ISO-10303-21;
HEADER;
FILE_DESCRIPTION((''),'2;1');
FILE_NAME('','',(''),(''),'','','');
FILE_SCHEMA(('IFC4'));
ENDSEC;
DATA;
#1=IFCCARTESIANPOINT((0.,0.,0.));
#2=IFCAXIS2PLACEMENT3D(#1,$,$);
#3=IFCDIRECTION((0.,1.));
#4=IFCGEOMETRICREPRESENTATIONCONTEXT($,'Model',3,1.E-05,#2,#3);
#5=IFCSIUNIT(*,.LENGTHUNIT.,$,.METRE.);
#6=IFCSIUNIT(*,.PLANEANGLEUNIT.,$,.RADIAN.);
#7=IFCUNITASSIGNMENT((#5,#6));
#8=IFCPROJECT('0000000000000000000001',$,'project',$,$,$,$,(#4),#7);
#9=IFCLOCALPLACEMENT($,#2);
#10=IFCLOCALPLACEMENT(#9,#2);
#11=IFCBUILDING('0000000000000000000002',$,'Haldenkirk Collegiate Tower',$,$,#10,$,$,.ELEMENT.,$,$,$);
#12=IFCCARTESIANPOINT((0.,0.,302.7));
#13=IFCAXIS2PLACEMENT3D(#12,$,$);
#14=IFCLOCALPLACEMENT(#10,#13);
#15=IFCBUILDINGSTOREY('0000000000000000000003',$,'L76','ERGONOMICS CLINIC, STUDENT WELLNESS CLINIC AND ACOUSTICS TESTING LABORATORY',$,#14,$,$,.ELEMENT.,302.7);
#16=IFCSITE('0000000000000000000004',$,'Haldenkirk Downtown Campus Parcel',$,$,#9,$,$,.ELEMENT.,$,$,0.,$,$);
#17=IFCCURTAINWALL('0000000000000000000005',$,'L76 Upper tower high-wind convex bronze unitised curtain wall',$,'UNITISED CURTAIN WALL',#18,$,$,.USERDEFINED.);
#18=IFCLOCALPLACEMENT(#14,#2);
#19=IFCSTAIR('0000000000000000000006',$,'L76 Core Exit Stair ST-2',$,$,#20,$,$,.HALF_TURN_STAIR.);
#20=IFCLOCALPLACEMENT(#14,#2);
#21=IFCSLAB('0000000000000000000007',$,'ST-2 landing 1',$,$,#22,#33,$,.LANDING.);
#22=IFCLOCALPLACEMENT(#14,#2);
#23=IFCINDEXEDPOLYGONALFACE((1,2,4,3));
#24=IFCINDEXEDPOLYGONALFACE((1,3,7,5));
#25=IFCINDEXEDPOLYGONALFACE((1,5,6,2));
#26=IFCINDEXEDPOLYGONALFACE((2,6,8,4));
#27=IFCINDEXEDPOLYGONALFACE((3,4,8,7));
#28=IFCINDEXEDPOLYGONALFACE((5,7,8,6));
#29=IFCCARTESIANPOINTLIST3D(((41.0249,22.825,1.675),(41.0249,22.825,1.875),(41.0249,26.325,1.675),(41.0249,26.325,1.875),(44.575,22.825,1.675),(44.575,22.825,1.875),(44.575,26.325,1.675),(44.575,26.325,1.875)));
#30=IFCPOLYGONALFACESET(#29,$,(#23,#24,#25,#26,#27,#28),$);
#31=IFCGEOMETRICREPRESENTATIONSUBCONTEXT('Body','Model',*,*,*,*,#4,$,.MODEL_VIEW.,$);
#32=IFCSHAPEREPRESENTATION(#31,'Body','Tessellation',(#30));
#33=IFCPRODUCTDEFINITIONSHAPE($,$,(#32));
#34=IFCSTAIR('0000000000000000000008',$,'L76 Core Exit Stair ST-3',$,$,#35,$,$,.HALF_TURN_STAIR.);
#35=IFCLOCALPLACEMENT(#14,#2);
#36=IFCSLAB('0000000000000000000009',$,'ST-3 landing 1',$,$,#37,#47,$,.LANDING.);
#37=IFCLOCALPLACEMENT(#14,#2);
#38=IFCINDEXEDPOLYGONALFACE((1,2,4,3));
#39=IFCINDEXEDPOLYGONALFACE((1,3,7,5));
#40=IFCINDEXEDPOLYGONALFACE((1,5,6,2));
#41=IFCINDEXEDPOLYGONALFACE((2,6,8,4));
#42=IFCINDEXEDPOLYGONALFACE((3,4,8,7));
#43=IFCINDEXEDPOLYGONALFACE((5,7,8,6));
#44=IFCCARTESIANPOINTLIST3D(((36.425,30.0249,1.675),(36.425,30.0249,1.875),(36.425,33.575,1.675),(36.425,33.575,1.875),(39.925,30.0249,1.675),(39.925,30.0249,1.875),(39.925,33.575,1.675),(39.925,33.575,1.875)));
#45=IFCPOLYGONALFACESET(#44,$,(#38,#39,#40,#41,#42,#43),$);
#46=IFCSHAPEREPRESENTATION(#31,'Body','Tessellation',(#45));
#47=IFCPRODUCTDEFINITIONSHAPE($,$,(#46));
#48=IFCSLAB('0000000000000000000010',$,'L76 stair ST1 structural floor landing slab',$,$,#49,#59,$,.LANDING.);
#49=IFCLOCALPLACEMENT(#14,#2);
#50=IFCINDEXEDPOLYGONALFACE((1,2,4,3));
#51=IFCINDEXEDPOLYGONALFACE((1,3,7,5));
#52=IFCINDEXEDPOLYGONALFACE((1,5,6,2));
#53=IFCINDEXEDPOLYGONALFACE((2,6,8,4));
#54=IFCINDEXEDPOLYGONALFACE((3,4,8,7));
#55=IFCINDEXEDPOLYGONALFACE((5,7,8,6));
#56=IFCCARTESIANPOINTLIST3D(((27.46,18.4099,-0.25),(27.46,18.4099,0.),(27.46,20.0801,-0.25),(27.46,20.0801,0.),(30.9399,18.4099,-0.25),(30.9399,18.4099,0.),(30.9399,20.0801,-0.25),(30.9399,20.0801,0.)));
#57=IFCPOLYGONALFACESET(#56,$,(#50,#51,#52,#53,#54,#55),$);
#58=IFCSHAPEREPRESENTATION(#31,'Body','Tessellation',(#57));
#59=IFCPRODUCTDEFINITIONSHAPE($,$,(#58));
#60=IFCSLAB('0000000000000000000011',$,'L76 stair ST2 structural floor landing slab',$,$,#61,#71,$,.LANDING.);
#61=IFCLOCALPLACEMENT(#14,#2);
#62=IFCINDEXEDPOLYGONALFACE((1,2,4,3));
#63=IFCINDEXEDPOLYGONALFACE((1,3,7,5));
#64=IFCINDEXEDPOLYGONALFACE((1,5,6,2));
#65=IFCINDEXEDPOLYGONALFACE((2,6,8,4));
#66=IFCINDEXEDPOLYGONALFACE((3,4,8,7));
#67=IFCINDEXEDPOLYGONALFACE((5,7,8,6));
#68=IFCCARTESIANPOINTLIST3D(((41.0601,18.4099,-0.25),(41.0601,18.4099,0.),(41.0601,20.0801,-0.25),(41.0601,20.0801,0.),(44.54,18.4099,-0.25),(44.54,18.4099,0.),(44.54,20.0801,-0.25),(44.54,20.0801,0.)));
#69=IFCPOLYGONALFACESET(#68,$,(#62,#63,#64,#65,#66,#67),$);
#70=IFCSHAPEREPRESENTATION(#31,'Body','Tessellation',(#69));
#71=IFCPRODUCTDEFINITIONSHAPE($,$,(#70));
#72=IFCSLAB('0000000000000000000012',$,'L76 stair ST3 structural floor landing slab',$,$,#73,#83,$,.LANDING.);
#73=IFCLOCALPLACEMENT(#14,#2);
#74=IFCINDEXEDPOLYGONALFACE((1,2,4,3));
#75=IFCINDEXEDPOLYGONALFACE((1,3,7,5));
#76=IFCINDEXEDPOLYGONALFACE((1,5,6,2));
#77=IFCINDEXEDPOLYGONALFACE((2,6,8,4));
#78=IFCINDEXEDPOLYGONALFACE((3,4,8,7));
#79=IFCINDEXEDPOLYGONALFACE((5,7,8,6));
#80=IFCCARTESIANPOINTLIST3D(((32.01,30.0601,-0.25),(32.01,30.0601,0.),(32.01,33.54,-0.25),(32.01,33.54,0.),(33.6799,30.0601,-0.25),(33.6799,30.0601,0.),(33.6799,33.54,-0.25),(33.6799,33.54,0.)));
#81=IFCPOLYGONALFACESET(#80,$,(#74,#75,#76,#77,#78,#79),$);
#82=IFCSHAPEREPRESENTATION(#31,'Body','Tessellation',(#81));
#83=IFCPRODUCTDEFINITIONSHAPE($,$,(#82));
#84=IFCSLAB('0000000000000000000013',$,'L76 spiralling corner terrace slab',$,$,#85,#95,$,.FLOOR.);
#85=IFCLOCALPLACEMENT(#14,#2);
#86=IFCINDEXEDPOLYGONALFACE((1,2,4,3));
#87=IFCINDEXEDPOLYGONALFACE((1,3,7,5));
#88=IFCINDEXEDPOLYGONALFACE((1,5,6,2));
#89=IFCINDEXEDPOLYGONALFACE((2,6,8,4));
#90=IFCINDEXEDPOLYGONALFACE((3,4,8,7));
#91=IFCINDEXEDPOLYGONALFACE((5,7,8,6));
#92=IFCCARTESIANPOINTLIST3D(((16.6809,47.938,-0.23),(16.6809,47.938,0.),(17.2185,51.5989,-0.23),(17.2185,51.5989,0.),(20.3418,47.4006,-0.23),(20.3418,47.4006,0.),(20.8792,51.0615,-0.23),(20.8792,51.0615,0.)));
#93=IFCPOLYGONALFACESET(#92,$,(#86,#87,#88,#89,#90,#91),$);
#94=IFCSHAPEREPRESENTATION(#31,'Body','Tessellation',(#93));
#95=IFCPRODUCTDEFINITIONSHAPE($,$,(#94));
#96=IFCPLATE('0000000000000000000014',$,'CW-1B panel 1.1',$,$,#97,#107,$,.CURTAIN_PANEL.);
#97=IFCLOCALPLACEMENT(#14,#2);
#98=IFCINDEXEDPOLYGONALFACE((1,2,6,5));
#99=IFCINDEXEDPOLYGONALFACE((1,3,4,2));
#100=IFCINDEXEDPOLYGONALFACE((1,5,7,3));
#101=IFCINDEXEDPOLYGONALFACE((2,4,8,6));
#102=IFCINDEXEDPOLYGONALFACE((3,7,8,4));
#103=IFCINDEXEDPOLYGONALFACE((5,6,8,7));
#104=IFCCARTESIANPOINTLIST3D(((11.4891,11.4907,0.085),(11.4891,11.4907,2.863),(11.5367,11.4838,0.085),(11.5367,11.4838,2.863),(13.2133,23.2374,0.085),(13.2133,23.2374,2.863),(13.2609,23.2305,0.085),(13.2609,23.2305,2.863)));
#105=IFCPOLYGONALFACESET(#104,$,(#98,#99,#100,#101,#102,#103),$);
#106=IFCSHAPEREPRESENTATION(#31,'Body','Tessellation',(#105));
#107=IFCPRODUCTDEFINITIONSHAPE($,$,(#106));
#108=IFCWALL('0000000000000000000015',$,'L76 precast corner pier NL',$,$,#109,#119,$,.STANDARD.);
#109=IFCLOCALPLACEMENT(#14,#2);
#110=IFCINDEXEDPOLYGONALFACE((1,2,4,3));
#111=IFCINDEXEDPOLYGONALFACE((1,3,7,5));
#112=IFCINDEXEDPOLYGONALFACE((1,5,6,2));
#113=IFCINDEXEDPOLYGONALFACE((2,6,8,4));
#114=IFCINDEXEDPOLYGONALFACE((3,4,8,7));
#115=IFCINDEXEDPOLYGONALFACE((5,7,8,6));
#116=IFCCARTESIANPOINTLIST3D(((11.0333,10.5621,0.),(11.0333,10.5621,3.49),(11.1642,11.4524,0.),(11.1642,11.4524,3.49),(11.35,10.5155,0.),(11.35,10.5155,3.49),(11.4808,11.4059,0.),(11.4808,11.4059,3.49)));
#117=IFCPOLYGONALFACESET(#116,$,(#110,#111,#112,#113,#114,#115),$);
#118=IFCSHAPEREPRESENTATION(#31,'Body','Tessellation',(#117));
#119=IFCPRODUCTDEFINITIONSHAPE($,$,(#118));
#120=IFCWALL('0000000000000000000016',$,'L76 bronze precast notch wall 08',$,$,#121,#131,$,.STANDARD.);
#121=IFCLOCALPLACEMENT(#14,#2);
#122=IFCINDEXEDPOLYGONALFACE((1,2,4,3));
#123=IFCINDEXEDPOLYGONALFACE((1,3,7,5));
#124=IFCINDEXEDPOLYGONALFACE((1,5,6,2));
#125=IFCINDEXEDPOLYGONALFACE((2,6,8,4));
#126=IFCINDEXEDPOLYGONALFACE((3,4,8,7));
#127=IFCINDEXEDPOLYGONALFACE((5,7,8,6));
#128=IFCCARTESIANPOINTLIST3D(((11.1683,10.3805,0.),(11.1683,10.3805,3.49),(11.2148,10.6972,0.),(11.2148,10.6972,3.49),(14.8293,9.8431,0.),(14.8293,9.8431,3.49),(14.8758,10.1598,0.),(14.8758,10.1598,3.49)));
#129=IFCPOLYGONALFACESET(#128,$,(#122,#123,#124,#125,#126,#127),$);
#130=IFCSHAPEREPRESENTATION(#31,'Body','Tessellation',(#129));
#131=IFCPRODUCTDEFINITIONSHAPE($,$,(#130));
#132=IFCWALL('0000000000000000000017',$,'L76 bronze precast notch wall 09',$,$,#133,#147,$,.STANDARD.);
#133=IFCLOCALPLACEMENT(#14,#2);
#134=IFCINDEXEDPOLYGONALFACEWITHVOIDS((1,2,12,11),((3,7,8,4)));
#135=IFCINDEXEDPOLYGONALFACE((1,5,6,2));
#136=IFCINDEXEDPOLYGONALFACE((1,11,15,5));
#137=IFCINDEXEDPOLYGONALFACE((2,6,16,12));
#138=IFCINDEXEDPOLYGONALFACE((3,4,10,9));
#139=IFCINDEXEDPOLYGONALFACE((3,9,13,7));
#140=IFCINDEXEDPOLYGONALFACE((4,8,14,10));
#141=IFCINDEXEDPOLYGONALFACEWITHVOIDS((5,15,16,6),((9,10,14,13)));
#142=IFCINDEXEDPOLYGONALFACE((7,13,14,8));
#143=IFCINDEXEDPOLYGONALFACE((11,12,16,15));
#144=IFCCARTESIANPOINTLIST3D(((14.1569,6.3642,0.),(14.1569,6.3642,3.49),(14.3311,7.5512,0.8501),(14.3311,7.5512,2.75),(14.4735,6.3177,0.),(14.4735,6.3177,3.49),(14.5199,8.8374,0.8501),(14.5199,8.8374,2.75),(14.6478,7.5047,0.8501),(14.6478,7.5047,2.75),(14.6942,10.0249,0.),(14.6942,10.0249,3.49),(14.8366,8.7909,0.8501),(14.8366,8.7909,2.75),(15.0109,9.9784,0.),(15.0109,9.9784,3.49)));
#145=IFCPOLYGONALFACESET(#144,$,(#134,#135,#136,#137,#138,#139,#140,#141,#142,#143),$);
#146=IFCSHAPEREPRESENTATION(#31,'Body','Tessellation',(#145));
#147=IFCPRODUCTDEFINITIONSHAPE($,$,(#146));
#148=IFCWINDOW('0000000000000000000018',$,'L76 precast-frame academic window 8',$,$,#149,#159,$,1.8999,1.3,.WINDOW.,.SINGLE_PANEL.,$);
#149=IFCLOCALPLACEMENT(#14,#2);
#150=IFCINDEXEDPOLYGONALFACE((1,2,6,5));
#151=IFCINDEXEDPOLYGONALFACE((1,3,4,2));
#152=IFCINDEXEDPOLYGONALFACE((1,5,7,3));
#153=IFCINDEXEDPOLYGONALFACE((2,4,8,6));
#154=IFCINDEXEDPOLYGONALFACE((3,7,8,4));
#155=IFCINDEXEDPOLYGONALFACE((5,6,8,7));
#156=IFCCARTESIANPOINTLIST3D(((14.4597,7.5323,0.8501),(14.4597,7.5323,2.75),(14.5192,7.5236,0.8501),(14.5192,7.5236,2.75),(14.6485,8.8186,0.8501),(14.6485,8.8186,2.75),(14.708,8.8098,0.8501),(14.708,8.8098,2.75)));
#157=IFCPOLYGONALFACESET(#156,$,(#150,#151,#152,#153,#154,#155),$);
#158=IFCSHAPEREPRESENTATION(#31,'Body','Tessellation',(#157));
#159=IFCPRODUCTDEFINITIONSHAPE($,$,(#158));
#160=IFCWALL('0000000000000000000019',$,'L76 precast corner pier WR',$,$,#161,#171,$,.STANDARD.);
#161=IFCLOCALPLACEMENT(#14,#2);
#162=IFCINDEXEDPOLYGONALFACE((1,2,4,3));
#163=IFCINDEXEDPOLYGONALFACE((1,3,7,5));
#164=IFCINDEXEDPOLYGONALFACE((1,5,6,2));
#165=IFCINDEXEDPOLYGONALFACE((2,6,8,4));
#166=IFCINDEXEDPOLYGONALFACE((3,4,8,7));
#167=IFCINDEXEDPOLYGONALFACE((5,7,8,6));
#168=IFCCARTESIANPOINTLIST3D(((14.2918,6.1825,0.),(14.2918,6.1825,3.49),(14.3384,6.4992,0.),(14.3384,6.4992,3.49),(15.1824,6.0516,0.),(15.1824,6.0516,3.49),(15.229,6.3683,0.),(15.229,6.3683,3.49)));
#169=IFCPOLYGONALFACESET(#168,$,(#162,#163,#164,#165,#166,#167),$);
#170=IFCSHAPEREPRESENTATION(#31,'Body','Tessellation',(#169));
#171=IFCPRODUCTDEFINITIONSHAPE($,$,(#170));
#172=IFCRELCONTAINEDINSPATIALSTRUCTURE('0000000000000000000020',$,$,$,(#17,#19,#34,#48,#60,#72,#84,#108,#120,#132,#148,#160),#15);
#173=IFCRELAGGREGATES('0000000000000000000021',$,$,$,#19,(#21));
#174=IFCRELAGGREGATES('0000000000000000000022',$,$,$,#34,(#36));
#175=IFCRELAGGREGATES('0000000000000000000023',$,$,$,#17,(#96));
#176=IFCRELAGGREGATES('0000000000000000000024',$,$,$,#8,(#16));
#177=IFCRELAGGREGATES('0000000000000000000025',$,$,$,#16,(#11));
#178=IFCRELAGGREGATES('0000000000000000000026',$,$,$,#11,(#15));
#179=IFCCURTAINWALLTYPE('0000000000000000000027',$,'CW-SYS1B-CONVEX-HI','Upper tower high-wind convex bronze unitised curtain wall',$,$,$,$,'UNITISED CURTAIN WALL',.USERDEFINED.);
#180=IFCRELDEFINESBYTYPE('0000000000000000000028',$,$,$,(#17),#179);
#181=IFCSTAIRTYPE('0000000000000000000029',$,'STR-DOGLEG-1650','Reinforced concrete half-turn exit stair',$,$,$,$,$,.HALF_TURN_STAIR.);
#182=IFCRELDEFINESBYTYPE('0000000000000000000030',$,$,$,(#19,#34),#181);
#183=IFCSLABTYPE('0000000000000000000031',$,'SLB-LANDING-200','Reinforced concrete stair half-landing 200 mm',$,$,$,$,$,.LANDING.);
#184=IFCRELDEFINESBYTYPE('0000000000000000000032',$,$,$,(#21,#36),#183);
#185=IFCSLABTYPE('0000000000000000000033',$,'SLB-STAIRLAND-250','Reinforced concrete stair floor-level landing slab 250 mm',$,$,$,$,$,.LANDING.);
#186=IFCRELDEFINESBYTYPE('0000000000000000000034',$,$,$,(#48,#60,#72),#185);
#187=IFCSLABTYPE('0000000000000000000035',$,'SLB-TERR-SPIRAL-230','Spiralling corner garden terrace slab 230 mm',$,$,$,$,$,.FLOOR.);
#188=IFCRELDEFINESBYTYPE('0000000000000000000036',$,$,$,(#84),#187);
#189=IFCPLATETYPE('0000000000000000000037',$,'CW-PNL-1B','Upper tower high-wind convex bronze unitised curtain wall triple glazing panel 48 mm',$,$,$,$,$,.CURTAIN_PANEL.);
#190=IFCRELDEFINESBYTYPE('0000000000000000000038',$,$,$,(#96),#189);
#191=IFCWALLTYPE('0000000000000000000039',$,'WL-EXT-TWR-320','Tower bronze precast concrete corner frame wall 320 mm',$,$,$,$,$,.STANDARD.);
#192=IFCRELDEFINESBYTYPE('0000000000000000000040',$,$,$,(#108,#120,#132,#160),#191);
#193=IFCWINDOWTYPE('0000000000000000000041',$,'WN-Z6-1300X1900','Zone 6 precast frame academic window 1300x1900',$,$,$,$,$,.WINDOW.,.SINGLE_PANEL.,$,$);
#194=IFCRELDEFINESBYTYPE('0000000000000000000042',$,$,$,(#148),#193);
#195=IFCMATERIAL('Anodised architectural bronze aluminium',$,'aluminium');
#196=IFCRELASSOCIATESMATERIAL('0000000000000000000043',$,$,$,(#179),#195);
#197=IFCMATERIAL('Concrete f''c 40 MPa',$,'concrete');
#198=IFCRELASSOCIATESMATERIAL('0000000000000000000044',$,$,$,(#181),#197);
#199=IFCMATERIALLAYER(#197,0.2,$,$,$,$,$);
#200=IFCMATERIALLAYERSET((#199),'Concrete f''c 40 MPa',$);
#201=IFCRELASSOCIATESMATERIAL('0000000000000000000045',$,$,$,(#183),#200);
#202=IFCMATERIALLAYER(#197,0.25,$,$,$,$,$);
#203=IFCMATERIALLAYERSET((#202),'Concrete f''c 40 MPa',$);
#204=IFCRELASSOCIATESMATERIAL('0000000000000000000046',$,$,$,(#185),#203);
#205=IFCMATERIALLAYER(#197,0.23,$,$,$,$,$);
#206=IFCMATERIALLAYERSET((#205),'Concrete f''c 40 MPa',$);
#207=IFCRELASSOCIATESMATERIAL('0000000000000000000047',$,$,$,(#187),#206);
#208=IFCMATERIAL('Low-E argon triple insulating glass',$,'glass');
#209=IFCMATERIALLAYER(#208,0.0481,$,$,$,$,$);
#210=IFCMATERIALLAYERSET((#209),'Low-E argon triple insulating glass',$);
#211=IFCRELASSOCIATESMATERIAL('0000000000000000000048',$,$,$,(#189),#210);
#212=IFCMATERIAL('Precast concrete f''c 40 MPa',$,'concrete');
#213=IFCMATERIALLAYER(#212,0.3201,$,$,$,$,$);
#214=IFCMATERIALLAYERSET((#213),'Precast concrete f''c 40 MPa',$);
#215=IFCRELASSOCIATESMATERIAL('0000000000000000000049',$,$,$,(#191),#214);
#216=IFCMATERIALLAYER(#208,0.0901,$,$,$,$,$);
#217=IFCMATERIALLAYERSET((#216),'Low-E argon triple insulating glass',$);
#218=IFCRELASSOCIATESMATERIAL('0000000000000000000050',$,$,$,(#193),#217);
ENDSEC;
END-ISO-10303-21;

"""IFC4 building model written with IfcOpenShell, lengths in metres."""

from ifc_helpers import new_model, si_unit, direction, frame, frame_2d, origin, origin_2d, place, context, subcontext, project, spatial, polyline, rectangle, outline, extrude, source, transform, mapped, material, layer, layer_set, type_object, element, fill, aggregate, save


model = new_model("IFC4")

# Units and contexts
model_context = context("Model", 3, precision=1e-05, world=origin(), true_north=direction((0.0, 1.0)))
body_context = subcontext(model_context, "Body", "Model", "MODEL_VIEW")
ifc_project = project(units=[si_unit("LENGTHUNIT", "METRE"), si_unit("PLANEANGLEUNIT", "RADIAN")], contexts=[model_context])

# Site, building, storey
site_placement = place(None, origin())
site = spatial("IfcSite", under=ifc_project, at=site_placement, Name="Haldenkirk Downtown Campus Parcel", CompositionType="ELEMENT", RefElevation=0.0)
building_placement = place(site_placement, origin())
building = spatial("IfcBuilding", under=site, at=building_placement, Name="Haldenkirk Collegiate Tower", CompositionType="ELEMENT")
storey_placement = place(building_placement, frame((0.0, 0.0, 302.7)))
storey = spatial("IfcBuildingStorey", under=building, at=storey_placement, Name="L76", Description="ERGONOMICS CLINIC, STUDENT WELLNESS CLINIC AND ACOUSTICS TESTING LABORATORY", CompositionType="ELEMENT", Elevation=302.7)

# Curtain wall
ifc_material_1 = material(Name="Anodised architectural bronze aluminium", Category="aluminium")
curtain_wall_type = type_object("IfcCurtainWallType", Name="CW-SYS1B-CONVEX-HI", Description="Upper tower high-wind convex bronze unitised curtain wall", ElementType="UNITISED CURTAIN WALL", PredefinedType="USERDEFINED", material=ifc_material_1)
curtain_wall_1_placement = place(storey_placement, origin())
curtain_wall_1 = element("IfcCurtainWall", 1, at=curtain_wall_1_placement, inside=storey, type_object=curtain_wall_type, Name="L76 Upper tower high-wind convex bronze unitised curtain wall", ObjectType="UNITISED CURTAIN WALL", PredefinedType="USERDEFINED")

# Shared definitions
ifc_material_2 = material(Name="Concrete f'c 40 MPa", Category="concrete")

# Stairs, slabs
stair_type = type_object("IfcStairType", Name="STR-DOGLEG-1650", Description="Reinforced concrete half-turn exit stair", PredefinedType="HALF_TURN_STAIR", material=ifc_material_2)
ifc_layer_1 = layer(ifc_material_2, 0.2)
ifc_layer_set_1 = layer_set([ifc_layer_1], Name="Concrete f'c 40 MPa")
slab_type_1 = type_object("IfcSlabType", Name="SLB-LANDING-200", Description="Reinforced concrete stair half-landing 200 mm", PredefinedType="LANDING", material=ifc_layer_set_1)
stair_1_placement = place(storey_placement, origin())
stair_1 = element("IfcStair", 2, at=stair_1_placement, inside=storey, type_object=stair_type, Name="L76 Core Exit Stair ST-2", PredefinedType="HALF_TURN_STAIR")
slab_1_placement = place(storey_placement, frame((0.0, 0.0, 1.675)))
slab_1 = element("IfcSlab", 3, at=slab_1_placement, type_object=slab_type_1, Name="ST-2 landing 1", PredefinedType="LANDING", context=body_context, shape_type="SweptSolid", body=[
    extrude(outline(polyline([(44.575, 22.825), (41.0249, 22.825), (41.0249, 26.325), (44.575, 26.325), (44.575, 22.825)])), origin(), (0.0, 0.0, 1.0), 0.2),
])
aggregate(stair_1, [slab_1])
stair_2_placement = place(storey_placement, origin())
stair_2 = element("IfcStair", 4, at=stair_2_placement, inside=storey, type_object=stair_type, Name="L76 Core Exit Stair ST-3", PredefinedType="HALF_TURN_STAIR")
slab_2_placement = place(storey_placement, frame((0.0, 0.0, 1.675)))
slab_2 = element("IfcSlab", 5, at=slab_2_placement, type_object=slab_type_1, Name="ST-3 landing 1", PredefinedType="LANDING", context=body_context, shape_type="SweptSolid", body=[
    extrude(outline(polyline([(36.425, 30.0249), (36.425, 33.575), (39.925, 33.575), (39.925, 30.0249), (36.425, 30.0249)])), origin(), (0.0, 0.0, 1.0), 0.2),
])
aggregate(stair_2, [slab_2])

# Slabs
ifc_layer_2 = layer(ifc_material_2, 0.25)
ifc_layer_set_2 = layer_set([ifc_layer_2], Name="Concrete f'c 40 MPa")
slab_type_2 = type_object("IfcSlabType", Name="SLB-STAIRLAND-250", Description="Reinforced concrete stair floor-level landing slab 250 mm", PredefinedType="LANDING", material=ifc_layer_set_2)
slab_3_placement = place(storey_placement, frame((0.0, 0.0, -0.25)))
element("IfcSlab", 6, at=slab_3_placement, inside=storey, type_object=slab_type_2, Name="L76 stair ST1 structural floor landing slab", PredefinedType="LANDING", context=body_context, shape_type="SweptSolid", body=[
    extrude(outline(polyline([(27.46, 18.4099), (30.9399, 18.4099), (30.9399, 20.0801), (27.46, 20.0801), (27.46, 18.4099)])), origin(), (0.0, 0.0, 1.0), 0.25),
])
slab_4_placement = place(storey_placement, frame((0.0, 0.0, -0.25)))
element("IfcSlab", 7, at=slab_4_placement, inside=storey, type_object=slab_type_2, Name="L76 stair ST2 structural floor landing slab", PredefinedType="LANDING", context=body_context, shape_type="SweptSolid", body=[
    extrude(outline(polyline([(41.0601, 18.4099), (44.54, 18.4099), (44.54, 20.0801), (41.0601, 20.0801), (41.0601, 18.4099)])), origin(), (0.0, 0.0, 1.0), 0.25),
])
slab_5_placement = place(storey_placement, frame((0.0, 0.0, -0.25)))
element("IfcSlab", 8, at=slab_5_placement, inside=storey, type_object=slab_type_2, Name="L76 stair ST3 structural floor landing slab", PredefinedType="LANDING", context=body_context, shape_type="SweptSolid", body=[
    extrude(outline(polyline([(32.01, 30.0601), (33.6799, 30.0601), (33.6799, 33.54), (32.01, 33.54), (32.01, 30.0601)])), origin(), (0.0, 0.0, 1.0), 0.25),
])
ifc_layer_3 = layer(ifc_material_2, 0.23)
ifc_layer_set_3 = layer_set([ifc_layer_3], Name="Concrete f'c 40 MPa")
slab_type_3 = type_object("IfcSlabType", Name="SLB-TERR-SPIRAL-230", Description="Spiralling corner garden terrace slab 230 mm", PredefinedType="FLOOR", material=ifc_layer_set_3)
slab_6_placement = place(storey_placement, frame((0.0, 0.0, -0.23)))
element("IfcSlab", 9, at=slab_6_placement, inside=storey, type_object=slab_type_3, Name="L76 spiralling corner terrace slab", PredefinedType="FLOOR", context=body_context, shape_type="SweptSolid", body=[
    extrude(outline(polyline([(20.3418, 47.4006), (20.8792, 51.0615), (17.2185, 51.5989), (16.6809, 47.938), (20.3418, 47.4006)])), origin(), (0.0, 0.0, 1.0), 0.23),
])

# Plate
ifc_material_3 = material(Name="Low-E argon triple insulating glass", Category="glass")
ifc_layer_4 = layer(ifc_material_3, 0.0481)
ifc_layer_set_4 = layer_set([ifc_layer_4], Name="Low-E argon triple insulating glass")
plate_type = type_object("IfcPlateType", Name="CW-PNL-1B", Description="Upper tower high-wind convex bronze unitised curtain wall triple glazing panel 48 mm", PredefinedType="CURTAIN_PANEL", material=ifc_layer_set_4)
shared_shape_1 = source(origin(), body_context, "Body", "SweptSolid", [
    extrude(rectangle(XDim=11.8726, YDim=0.0481, at=origin_2d()), origin(), (0.0, 0.0, 1.0), 2.7781),
])
plate_placement = place(storey_placement, frame((12.375, 17.3606, 0.085), z_axis=(0.0, 0.0, 1.0), x_axis=(0.14522, 0.989399, 0.0)))
plate = element("IfcPlate", 10, at=plate_placement, type_object=plate_type, Name="CW-1B panel 1.1", PredefinedType="CURTAIN_PANEL", context=body_context, shape_type="MappedRepresentation", body=[
    mapped(shared_shape_1, transform((0.0, 0.0, 0.0), x_axis=(1.0, 0.0, 0.0), y_axis=(0.0, 1.0, 0.0), z_axis=(0.0, 0.0, 1.0), scale=1.0)),
])
aggregate(curtain_wall_1, [plate])

# Walls
ifc_material_4 = material(Name="Precast concrete f'c 40 MPa", Category="concrete")
ifc_layer_5 = layer(ifc_material_4, 0.3201)
ifc_layer_set_5 = layer_set([ifc_layer_5], Name="Precast concrete f'c 40 MPa")
wall_type_1 = type_object("IfcWallType", Name="WL-EXT-TWR-320", Description="Tower bronze precast concrete corner frame wall 320 mm", PredefinedType="STANDARD", material=ifc_layer_set_5)
wall_1_placement = place(storey_placement, frame((11.1917, 10.5388, 0.0), z_axis=(0.0, 0.0, 1.0), x_axis=(0.145408, 0.989372, 0.0)))
element("IfcWall", 11, at=wall_1_placement, inside=storey, type_object=wall_type_1, Name="L76 precast corner pier NL", PredefinedType="STANDARD", context=body_context, shape_type="SweptSolid", body=[
    extrude(rectangle(XDim=0.8999, YDim=0.3201, at=frame_2d((0.45, 0.0))), origin(), (0.0, 0.0, 1.0), 3.49),
])
wall_2_placement = place(storey_placement, frame((14.8525, 10.0015, 0.0), z_axis=(0.0, 0.0, 1.0), x_axis=(-0.989398, 0.145226, 0.0)))
element("IfcWall", 12, at=wall_2_placement, inside=storey, type_object=wall_type_1, Name="L76 bronze precast notch wall 08", PredefinedType="STANDARD", context=body_context, shape_type="SweptSolid", body=[
    extrude(rectangle(XDim=3.7002, YDim=0.3201, at=frame_2d((1.8501, 0.0))), origin(), (0.0, 0.0, 1.0), 3.49),
])

# Wall, opening, window
wall_3_placement = place(storey_placement, frame((14.3152, 6.3408, 0.0), z_axis=(0.0, 0.0, 1.0), x_axis=(0.145236, 0.989397, 0.0)))
wall_3 = element("IfcWall", 13, at=wall_3_placement, inside=storey, type_object=wall_type_1, Name="L76 bronze precast notch wall 09", PredefinedType="STANDARD", context=body_context, shape_type="SweptSolid", body=[
    extrude(rectangle(XDim=3.7, YDim=0.3201, at=frame_2d((1.8501, 0.0))), origin(), (0.0, 0.0, 1.0), 3.49),
])
opening_1_placement = place(wall_3_placement, frame((1.2, 0.0, 0.8501)))
opening_1 = element("IfcOpeningElement", 14, at=opening_1_placement, cuts=wall_3, PredefinedType="OPENING", context=body_context, shape_type="SweptSolid", body=[
    extrude(rectangle(XDim=1.3, YDim=1.8999, at=frame_2d((0.6499, 0.95))), frame((0.0, 0.1699, 0.0), z_axis=(0.0, -1.0, 0.0), x_axis=(1.0, 0.0, 0.0)), (0.0, 0.0, 1.0), 0.3401),
])
ifc_layer_6 = layer(ifc_material_3, 0.0901)
ifc_layer_set_6 = layer_set([ifc_layer_6], Name="Low-E argon triple insulating glass")
window_type = type_object("IfcWindowType", Name="WN-Z6-1300X1900", Description="Zone 6 precast frame academic window 1300x1900", PartitioningType="SINGLE_PANEL", PredefinedType="WINDOW", material=ifc_layer_set_6)
window_placement = place(opening_1_placement, origin())
window = element("IfcWindow", 15, at=window_placement, inside=storey, type_object=window_type, Name="L76 precast-frame academic window 8", OverallHeight=1.8999, OverallWidth=1.3, PartitioningType="SINGLE_PANEL", PredefinedType="WINDOW", context=body_context, shape_type="SweptSolid", body=[
    extrude(rectangle(XDim=1.3, YDim=1.8999, at=frame_2d((0.6499, 0.95))), frame((0.0, 0.03, 0.0), z_axis=(0.0, -1.0, 0.0), x_axis=(1.0, 0.0, 0.0)), (0.0, 0.0, 1.0), 0.0601),
])
fill(opening_1, window)

# Wall
wall_4_placement = place(storey_placement, frame((15.2058, 6.21, 0.0), z_axis=(0.0, 0.0, 1.0), x_axis=(-0.989377, 0.145369, 0.0)))
element("IfcWall", 16, at=wall_4_placement, inside=storey, type_object=wall_type_1, Name="L76 precast corner pier WR", PredefinedType="STANDARD", context=body_context, shape_type="SweptSolid", body=[
    extrude(rectangle(XDim=0.9001, YDim=0.3201, at=frame_2d((0.4502, 0.0))), origin(), (0.0, 0.0, 1.0), 3.49),
])

save(model, "model.ifc")
